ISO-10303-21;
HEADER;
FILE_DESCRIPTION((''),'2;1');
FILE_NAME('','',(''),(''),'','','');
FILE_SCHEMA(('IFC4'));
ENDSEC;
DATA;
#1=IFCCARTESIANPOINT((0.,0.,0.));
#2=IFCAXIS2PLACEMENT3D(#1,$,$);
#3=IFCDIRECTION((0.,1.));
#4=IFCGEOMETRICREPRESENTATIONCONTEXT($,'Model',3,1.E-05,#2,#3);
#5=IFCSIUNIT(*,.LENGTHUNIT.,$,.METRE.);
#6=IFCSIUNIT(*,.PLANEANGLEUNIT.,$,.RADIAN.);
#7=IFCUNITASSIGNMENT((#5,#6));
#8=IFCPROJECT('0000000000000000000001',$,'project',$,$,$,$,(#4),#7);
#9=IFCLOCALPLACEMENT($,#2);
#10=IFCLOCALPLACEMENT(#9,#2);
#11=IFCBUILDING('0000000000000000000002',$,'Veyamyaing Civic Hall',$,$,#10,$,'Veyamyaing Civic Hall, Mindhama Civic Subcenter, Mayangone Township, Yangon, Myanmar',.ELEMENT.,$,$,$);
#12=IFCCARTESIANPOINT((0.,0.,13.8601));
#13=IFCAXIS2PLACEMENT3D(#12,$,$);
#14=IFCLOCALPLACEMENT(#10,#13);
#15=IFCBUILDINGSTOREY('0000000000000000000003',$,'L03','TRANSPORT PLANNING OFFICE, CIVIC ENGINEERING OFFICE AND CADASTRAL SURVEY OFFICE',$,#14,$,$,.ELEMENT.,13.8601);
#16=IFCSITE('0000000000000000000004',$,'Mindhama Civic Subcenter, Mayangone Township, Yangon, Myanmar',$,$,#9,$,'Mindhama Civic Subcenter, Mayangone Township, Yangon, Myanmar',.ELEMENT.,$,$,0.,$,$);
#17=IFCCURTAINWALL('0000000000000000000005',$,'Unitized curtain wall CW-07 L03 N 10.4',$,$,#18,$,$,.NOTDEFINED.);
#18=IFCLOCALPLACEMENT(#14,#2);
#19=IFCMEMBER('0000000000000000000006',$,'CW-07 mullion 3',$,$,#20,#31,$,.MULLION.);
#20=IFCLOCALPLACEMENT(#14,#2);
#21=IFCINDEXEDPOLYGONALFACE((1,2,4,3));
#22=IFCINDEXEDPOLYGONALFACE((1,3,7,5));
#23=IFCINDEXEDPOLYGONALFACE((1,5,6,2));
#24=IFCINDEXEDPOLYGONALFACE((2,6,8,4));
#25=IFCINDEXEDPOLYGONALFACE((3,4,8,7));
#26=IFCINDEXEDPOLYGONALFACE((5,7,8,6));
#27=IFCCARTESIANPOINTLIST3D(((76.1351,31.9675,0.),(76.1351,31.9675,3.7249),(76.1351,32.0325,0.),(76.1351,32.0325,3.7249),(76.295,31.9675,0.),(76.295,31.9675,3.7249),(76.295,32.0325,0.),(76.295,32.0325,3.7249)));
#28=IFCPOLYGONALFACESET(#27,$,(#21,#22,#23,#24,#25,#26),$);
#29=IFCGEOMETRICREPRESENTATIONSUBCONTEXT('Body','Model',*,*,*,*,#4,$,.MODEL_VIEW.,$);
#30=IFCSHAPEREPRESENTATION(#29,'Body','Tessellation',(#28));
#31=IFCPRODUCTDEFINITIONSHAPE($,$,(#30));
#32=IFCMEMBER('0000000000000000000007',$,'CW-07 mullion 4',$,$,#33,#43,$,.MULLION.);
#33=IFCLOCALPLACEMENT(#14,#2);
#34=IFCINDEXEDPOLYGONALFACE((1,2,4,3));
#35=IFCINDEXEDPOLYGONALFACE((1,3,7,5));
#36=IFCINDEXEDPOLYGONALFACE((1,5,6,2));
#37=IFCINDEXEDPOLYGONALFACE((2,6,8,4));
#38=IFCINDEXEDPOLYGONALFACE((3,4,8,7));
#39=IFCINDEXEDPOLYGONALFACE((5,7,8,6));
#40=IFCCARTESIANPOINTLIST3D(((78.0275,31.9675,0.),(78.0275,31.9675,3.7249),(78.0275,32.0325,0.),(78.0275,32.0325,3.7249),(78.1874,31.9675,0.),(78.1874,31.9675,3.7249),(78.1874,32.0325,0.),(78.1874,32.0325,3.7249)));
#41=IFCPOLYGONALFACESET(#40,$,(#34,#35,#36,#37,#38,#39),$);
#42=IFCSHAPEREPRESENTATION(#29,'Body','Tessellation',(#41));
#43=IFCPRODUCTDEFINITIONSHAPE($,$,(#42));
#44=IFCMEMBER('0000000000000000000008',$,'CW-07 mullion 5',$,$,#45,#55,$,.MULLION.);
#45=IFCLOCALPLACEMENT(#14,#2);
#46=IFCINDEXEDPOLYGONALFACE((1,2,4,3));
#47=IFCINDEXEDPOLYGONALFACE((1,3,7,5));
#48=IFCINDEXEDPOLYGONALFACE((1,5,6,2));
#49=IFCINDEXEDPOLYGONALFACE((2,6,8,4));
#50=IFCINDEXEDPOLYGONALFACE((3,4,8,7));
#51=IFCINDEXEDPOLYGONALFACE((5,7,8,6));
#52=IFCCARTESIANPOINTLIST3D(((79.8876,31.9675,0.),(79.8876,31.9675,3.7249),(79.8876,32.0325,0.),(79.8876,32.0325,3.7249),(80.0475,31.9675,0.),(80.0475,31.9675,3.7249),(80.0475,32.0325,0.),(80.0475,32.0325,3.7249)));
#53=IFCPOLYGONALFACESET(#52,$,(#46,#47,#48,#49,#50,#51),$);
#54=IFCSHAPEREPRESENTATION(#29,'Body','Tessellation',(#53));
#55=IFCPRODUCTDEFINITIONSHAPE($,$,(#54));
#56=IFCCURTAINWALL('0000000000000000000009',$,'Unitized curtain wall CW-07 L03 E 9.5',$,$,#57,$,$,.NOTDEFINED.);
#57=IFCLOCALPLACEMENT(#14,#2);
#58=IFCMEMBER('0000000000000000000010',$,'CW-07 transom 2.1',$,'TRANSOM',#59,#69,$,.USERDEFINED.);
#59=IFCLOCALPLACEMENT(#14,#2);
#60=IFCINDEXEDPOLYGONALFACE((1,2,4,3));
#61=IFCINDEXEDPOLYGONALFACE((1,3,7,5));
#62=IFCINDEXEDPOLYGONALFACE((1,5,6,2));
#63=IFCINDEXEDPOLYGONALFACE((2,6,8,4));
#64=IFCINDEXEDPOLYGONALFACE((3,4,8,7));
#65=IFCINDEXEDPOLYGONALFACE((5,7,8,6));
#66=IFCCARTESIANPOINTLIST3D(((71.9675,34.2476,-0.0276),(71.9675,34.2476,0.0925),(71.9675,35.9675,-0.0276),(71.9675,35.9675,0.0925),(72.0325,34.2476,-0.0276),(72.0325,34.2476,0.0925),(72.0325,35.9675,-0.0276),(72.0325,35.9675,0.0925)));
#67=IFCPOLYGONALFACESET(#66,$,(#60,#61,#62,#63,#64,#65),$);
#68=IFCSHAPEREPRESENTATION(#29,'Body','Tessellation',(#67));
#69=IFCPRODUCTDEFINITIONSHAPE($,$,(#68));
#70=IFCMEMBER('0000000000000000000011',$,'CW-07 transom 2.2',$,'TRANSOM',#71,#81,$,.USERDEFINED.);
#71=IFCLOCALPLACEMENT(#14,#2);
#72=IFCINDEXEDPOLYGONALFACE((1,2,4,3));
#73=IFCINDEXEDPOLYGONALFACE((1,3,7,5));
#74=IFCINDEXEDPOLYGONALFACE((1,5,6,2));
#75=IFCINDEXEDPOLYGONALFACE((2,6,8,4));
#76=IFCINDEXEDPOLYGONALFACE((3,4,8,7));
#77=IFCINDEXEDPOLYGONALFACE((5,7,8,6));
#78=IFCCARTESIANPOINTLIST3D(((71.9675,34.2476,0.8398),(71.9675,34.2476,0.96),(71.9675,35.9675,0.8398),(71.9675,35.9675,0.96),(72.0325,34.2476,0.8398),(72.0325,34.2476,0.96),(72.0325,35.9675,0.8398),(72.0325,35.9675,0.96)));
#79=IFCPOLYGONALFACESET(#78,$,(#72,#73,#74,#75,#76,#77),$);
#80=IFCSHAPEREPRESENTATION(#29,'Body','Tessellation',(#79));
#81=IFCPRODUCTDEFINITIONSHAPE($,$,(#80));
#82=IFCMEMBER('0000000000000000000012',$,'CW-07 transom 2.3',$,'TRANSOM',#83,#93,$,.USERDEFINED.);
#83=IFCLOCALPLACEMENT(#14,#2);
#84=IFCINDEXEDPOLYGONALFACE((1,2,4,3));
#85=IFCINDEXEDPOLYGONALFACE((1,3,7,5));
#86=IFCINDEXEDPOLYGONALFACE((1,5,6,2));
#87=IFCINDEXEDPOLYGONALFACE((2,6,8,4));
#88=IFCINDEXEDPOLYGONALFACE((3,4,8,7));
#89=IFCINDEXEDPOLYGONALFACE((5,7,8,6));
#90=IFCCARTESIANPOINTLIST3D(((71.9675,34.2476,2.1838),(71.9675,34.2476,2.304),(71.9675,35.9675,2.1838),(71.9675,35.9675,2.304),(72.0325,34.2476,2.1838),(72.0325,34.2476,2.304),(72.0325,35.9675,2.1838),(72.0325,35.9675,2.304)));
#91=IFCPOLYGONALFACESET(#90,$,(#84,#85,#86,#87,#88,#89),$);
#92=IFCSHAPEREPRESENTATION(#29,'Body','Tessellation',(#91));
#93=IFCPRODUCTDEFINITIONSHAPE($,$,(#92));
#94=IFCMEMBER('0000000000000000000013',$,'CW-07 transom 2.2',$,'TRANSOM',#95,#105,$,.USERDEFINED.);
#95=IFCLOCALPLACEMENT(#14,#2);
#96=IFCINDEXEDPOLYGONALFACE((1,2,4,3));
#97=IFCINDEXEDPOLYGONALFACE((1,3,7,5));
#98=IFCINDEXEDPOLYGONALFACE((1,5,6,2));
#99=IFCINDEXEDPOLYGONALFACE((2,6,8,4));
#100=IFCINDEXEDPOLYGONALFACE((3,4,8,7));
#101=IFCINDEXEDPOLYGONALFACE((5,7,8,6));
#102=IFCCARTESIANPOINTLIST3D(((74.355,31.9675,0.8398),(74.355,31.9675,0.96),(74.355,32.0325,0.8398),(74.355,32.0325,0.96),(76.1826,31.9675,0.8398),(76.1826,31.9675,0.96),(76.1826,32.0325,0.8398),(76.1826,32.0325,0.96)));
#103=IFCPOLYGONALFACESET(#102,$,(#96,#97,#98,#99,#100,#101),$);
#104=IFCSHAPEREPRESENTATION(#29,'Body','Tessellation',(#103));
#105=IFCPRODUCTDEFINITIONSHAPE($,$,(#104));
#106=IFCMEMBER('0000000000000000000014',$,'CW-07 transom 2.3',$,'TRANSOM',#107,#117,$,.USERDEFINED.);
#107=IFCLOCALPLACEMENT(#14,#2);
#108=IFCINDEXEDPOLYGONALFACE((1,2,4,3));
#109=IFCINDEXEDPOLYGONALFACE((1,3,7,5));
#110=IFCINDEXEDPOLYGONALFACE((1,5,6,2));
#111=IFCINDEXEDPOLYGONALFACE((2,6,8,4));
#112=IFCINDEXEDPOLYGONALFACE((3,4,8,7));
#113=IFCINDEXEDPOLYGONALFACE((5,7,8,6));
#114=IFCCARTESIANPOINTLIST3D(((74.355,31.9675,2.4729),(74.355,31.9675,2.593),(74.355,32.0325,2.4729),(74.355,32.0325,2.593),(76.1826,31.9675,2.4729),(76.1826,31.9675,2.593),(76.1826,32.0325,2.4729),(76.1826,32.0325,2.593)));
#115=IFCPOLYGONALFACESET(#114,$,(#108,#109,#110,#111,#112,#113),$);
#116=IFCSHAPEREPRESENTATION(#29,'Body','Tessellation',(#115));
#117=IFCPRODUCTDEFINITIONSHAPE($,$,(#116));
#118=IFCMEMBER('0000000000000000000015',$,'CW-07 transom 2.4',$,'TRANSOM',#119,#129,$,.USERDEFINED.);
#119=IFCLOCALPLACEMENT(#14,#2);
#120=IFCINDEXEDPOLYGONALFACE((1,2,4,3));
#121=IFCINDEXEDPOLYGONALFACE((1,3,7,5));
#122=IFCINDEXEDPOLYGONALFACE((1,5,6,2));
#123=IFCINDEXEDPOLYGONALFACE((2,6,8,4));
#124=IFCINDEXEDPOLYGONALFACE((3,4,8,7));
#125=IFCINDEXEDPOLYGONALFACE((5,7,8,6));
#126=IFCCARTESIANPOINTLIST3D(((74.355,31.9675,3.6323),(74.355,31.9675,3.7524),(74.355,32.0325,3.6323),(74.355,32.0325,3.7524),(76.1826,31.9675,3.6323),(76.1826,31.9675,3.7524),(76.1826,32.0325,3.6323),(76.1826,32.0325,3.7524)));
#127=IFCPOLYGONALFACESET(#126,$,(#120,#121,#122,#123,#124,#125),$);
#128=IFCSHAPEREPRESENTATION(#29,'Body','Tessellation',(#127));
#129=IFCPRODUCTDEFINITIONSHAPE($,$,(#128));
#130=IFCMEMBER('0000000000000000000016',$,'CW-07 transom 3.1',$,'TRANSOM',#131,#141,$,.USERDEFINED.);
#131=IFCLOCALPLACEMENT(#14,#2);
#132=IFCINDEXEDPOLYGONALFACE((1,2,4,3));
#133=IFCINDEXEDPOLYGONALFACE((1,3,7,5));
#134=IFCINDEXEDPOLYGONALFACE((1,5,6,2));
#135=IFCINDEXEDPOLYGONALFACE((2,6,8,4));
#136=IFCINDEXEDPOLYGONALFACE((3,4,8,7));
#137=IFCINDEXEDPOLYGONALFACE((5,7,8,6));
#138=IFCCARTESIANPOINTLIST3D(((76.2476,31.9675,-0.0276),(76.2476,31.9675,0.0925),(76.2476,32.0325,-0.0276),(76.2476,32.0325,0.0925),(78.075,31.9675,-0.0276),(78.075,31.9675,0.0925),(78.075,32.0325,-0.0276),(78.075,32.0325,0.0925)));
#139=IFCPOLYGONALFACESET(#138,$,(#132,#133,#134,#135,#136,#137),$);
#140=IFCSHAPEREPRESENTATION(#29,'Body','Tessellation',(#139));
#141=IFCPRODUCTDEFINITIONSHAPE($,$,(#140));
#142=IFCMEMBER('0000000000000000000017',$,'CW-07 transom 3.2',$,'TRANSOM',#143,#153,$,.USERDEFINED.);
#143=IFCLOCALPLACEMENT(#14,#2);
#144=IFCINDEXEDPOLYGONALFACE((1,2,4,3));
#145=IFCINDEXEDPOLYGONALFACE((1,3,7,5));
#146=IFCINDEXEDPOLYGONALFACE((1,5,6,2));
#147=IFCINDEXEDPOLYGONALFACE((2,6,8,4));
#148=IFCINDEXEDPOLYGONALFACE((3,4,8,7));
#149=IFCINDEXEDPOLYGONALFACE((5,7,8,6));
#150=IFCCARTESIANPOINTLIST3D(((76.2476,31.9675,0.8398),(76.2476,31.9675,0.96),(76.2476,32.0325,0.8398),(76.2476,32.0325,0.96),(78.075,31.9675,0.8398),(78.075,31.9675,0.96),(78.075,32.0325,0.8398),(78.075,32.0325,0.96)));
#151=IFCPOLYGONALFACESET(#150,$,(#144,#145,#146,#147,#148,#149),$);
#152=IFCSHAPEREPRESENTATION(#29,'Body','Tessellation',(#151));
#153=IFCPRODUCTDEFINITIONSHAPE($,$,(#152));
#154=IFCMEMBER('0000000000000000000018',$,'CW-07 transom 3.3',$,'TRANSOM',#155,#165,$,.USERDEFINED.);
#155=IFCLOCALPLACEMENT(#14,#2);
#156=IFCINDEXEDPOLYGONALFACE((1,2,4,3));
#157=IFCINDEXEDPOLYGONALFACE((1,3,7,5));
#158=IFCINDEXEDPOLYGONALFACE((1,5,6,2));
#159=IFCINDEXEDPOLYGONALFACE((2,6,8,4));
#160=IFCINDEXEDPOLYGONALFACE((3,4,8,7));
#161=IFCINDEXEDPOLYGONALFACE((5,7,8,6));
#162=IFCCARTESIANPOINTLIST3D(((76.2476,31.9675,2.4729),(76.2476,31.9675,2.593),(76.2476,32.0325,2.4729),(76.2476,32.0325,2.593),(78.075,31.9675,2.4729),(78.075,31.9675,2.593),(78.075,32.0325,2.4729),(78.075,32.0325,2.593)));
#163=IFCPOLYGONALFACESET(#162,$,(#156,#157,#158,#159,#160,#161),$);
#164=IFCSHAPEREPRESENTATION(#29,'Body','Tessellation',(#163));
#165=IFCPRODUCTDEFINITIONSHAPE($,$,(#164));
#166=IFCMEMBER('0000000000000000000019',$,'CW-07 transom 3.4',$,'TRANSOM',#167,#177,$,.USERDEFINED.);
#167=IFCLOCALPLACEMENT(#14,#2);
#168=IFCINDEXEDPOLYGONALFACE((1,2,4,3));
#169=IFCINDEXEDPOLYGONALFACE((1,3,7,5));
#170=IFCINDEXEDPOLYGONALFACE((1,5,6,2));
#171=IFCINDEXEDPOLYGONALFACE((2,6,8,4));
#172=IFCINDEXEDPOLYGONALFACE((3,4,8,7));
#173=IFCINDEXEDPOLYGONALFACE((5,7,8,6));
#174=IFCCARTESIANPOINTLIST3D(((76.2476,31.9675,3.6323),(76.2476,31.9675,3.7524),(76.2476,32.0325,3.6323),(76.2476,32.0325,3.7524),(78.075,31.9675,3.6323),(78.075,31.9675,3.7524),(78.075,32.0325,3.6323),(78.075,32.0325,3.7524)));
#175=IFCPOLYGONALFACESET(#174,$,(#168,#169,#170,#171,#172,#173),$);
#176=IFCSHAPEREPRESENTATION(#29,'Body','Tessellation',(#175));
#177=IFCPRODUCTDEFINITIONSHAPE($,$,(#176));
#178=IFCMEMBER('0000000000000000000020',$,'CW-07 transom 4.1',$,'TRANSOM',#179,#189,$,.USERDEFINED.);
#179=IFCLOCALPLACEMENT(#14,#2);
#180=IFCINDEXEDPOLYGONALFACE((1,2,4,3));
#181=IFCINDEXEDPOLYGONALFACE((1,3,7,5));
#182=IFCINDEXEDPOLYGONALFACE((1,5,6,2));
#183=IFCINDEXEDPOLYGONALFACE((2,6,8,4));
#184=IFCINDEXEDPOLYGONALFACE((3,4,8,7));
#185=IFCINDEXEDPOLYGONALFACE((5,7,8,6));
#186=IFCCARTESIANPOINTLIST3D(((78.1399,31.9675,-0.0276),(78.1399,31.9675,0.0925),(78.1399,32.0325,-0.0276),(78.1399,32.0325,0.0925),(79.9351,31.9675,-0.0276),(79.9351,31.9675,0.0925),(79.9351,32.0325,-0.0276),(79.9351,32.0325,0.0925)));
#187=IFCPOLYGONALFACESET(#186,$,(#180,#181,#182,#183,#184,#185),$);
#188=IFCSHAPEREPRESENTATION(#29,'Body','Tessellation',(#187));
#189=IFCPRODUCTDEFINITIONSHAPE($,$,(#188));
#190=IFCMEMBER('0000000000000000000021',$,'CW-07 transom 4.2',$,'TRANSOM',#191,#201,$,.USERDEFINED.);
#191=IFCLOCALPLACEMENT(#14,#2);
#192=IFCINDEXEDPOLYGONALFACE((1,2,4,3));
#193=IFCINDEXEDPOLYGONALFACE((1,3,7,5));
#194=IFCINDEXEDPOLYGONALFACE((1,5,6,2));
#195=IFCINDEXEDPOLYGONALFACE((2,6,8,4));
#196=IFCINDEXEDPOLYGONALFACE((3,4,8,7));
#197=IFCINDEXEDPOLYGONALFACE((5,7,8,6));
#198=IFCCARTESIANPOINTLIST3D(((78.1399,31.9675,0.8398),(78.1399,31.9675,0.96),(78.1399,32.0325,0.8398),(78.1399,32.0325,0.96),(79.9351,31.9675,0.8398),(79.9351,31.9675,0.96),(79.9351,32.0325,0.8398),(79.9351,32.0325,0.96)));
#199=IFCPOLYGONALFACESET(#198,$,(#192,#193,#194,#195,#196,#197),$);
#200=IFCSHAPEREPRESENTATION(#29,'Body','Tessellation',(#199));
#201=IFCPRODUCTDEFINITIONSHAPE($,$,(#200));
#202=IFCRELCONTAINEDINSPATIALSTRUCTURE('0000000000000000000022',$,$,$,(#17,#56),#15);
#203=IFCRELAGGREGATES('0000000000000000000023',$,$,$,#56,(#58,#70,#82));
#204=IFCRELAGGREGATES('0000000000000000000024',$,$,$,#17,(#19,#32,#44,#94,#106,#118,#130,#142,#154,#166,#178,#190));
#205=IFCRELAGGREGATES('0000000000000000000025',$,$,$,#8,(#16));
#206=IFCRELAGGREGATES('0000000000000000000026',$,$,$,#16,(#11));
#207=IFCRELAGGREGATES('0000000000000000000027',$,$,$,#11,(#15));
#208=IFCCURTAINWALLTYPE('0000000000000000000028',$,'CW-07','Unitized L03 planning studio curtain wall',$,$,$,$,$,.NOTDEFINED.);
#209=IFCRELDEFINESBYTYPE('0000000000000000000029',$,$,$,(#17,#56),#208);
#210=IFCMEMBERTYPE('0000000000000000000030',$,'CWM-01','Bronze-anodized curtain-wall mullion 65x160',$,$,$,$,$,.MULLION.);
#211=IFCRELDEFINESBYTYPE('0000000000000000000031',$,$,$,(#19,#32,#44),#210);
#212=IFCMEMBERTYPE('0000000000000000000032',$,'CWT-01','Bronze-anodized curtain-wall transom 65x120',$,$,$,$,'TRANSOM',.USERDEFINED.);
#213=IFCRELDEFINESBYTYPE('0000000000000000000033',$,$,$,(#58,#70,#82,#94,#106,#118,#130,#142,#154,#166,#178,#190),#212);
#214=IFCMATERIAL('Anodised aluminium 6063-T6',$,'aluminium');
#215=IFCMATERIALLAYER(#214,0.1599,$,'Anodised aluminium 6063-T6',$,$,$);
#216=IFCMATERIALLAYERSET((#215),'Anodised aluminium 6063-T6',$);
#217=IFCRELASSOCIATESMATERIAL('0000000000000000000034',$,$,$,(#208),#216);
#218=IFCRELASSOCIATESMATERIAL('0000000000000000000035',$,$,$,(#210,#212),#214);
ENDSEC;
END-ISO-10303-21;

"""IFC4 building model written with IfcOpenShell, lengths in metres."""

from ifc_helpers import new_model, si_unit, direction, frame, origin, origin_2d, place, context, subcontext, project, spatial, rectangle, extrude, material, layer, layer_set, material_profile, profile_set, type_object, element, aggregate, save


model = new_model("IFC4")

# Units and contexts
model_context = context("Model", 3, precision=1e-05, world=origin(), true_north=direction((0.0, 1.0)))
body_context = subcontext(model_context, "Body", "Model", "MODEL_VIEW")
ifc_project = project(units=[si_unit("LENGTHUNIT", "METRE"), si_unit("PLANEANGLEUNIT", "RADIAN")], contexts=[model_context])

# Site, building, storey
site_placement = place(None, origin())
site = spatial("IfcSite", under=ifc_project, at=site_placement, Name="Mindhama Civic Subcenter, Mayangone Township, Yangon, Myanmar", LongName="Mindhama Civic Subcenter, Mayangone Township, Yangon, Myanmar", CompositionType="ELEMENT", RefElevation=0.0)
building_placement = place(site_placement, origin())
building = spatial("IfcBuilding", under=site, at=building_placement, Name="Veyamyaing Civic Hall", LongName="Veyamyaing Civic Hall, Mindhama Civic Subcenter, Mayangone Township, Yangon, Myanmar", CompositionType="ELEMENT")
storey_placement = place(building_placement, frame((0.0, 0.0, 13.8601)))
storey = spatial("IfcBuildingStorey", under=building, at=storey_placement, Name="L03", Description="TRANSPORT PLANNING OFFICE, CIVIC ENGINEERING OFFICE AND CADASTRAL SURVEY OFFICE", CompositionType="ELEMENT", Elevation=13.8601)

# Curtain walls, members
ifc_material_1 = material(Name="Anodised aluminium 6063-T6", Category="aluminium")
ifc_layer_1 = layer(ifc_material_1, 0.1599, Name="Anodised aluminium 6063-T6")
ifc_layer_set_1 = layer_set([ifc_layer_1], Name="Anodised aluminium 6063-T6")
curtain_wall_type = type_object("IfcCurtainWallType", Name="CW-07", Description="Unitized L03 planning studio curtain wall", PredefinedType="NOTDEFINED", material=ifc_layer_set_1)
curtain_wall_1_placement = place(storey_placement, origin())
curtain_wall_1 = element("IfcCurtainWall", 1, at=curtain_wall_1_placement, inside=storey, type_object=curtain_wall_type, Name="Unitized curtain wall CW-07 L03 N 10.4", PredefinedType="NOTDEFINED")
ifc_material_profile_1 = material_profile(ifc_material_1, rectangle(XDim=0.0649, YDim=0.1599, at=origin_2d()), Name="ALU-MUL-65X160")
ifc_profile_set_1 = profile_set([ifc_material_profile_1], Name="Anodised aluminium 6063-T6")
member_type_1 = type_object("IfcMemberType", Name="CWM-01", Description="Bronze-anodized curtain-wall mullion 65x160", PredefinedType="MULLION", material=ifc_profile_set_1)
member_1_placement = place(storey_placement, frame((76.2151, 32.0, 0.0), z_axis=(0.0, 0.0, 1.0), x_axis=(0.0, 1.0, 0.0)))
member_1 = element("IfcMember", 2, at=member_1_placement, type_object=member_type_1, Name="CW-07 mullion 3", PredefinedType="MULLION", context=body_context, shape_type="SweptSolid", body=[
    extrude(rectangle(XDim=0.0649, YDim=0.1599, at=origin_2d()), origin(), (0.0, 0.0, 1.0), 3.7249),
])
member_2_placement = place(storey_placement, frame((78.1074, 32.0, 0.0), z_axis=(0.0, 0.0, 1.0), x_axis=(0.0, 1.0, 0.0)))
member_2 = element("IfcMember", 3, at=member_2_placement, type_object=member_type_1, Name="CW-07 mullion 4", PredefinedType="MULLION", context=body_context, shape_type="SweptSolid", body=[
    extrude(rectangle(XDim=0.0649, YDim=0.1599, at=origin_2d()), origin(), (0.0, 0.0, 1.0), 3.7249),
])
member_3_placement = place(storey_placement, frame((79.9675, 32.0, 0.0), z_axis=(0.0, 0.0, 1.0), x_axis=(0.0, 1.0, 0.0)))
member_3 = element("IfcMember", 4, at=member_3_placement, type_object=member_type_1, Name="CW-07 mullion 5", PredefinedType="MULLION", context=body_context, shape_type="SweptSolid", body=[
    extrude(rectangle(XDim=0.0649, YDim=0.1599, at=origin_2d()), origin(), (0.0, 0.0, 1.0), 3.7249),
])
curtain_wall_2_placement = place(storey_placement, origin())
curtain_wall_2 = element("IfcCurtainWall", 5, at=curtain_wall_2_placement, inside=storey, type_object=curtain_wall_type, Name="Unitized curtain wall CW-07 L03 E 9.5", PredefinedType="NOTDEFINED")
ifc_material_profile_2 = material_profile(ifc_material_1, rectangle(XDim=0.0649, YDim=0.1201, at=origin_2d()), Name="ALU-TRN-65X120")
ifc_profile_set_2 = profile_set([ifc_material_profile_2], Name="Anodised aluminium 6063-T6")
member_type_2 = type_object("IfcMemberType", Name="CWT-01", Description="Bronze-anodized curtain-wall transom 65x120", ElementType="TRANSOM", PredefinedType="USERDEFINED", material=ifc_profile_set_2)
member_4_placement = place(storey_placement, frame((72.0, 34.2476, 0.0325), z_axis=(0.0, 1.0, 0.0), x_axis=(-1.0, 0.0, 0.0)))
member_4 = element("IfcMember", 6, at=member_4_placement, type_object=member_type_2, Name="CW-07 transom 2.1", ObjectType="TRANSOM", PredefinedType="USERDEFINED", context=body_context, shape_type="SweptSolid", body=[
    extrude(rectangle(XDim=0.0649, YDim=0.1201, at=origin_2d()), origin(), (0.0, 0.0, 1.0), 1.72),
])
member_5_placement = place(storey_placement, frame((72.0, 34.2476, 0.8999), z_axis=(0.0, 1.0, 0.0), x_axis=(-1.0, 0.0, 0.0)))
member_5 = element("IfcMember", 7, at=member_5_placement, type_object=member_type_2, Name="CW-07 transom 2.2", ObjectType="TRANSOM", PredefinedType="USERDEFINED", context=body_context, shape_type="SweptSolid", body=[
    extrude(rectangle(XDim=0.0649, YDim=0.1201, at=origin_2d()), origin(), (0.0, 0.0, 1.0), 1.72),
])
member_6_placement = place(storey_placement, frame((72.0, 34.2476, 2.2439), z_axis=(0.0, 1.0, 0.0), x_axis=(-1.0, 0.0, 0.0)))
member_6 = element("IfcMember", 8, at=member_6_placement, type_object=member_type_2, Name="CW-07 transom 2.3", ObjectType="TRANSOM", PredefinedType="USERDEFINED", context=body_context, shape_type="SweptSolid", body=[
    extrude(rectangle(XDim=0.0649, YDim=0.1201, at=origin_2d()), origin(), (0.0, 0.0, 1.0), 1.72),
])
aggregate(curtain_wall_2, [member_4, member_5, member_6])

# Members
member_7_placement = place(storey_placement, frame((74.355, 32.0, 0.8999), z_axis=(1.0, 0.0, 0.0), x_axis=(0.0, 1.0, 0.0)))
member_7 = element("IfcMember", 9, at=member_7_placement, type_object=member_type_2, Name="CW-07 transom 2.2", ObjectType="TRANSOM", PredefinedType="USERDEFINED", context=body_context, shape_type="SweptSolid", body=[
    extrude(rectangle(XDim=0.0649, YDim=0.1201, at=origin_2d()), origin(), (0.0, 0.0, 1.0), 1.8276),
])
member_8_placement = place(storey_placement, frame((74.355, 32.0, 2.533), z_axis=(1.0, 0.0, 0.0), x_axis=(0.0, 1.0, 0.0)))
member_8 = element("IfcMember", 10, at=member_8_placement, type_object=member_type_2, Name="CW-07 transom 2.3", ObjectType="TRANSOM", PredefinedType="USERDEFINED", context=body_context, shape_type="SweptSolid", body=[
    extrude(rectangle(XDim=0.0649, YDim=0.1201, at=origin_2d()), origin(), (0.0, 0.0, 1.0), 1.8276),
])
member_9_placement = place(storey_placement, frame((74.355, 32.0, 3.6924), z_axis=(1.0, 0.0, 0.0), x_axis=(0.0, 1.0, 0.0)))
member_9 = element("IfcMember", 11, at=member_9_placement, type_object=member_type_2, Name="CW-07 transom 2.4", ObjectType="TRANSOM", PredefinedType="USERDEFINED", context=body_context, shape_type="SweptSolid", body=[
    extrude(rectangle(XDim=0.0649, YDim=0.1201, at=origin_2d()), origin(), (0.0, 0.0, 1.0), 1.8276),
])
member_10_placement = place(storey_placement, frame((76.2476, 32.0, 0.0325), z_axis=(1.0, 0.0, 0.0), x_axis=(0.0, 1.0, 0.0)))
member_10 = element("IfcMember", 12, at=member_10_placement, type_object=member_type_2, Name="CW-07 transom 3.1", ObjectType="TRANSOM", PredefinedType="USERDEFINED", context=body_context, shape_type="SweptSolid", body=[
    extrude(rectangle(XDim=0.0649, YDim=0.1201, at=origin_2d()), origin(), (0.0, 0.0, 1.0), 1.8274),
])
member_11_placement = place(storey_placement, frame((76.2476, 32.0, 0.8999), z_axis=(1.0, 0.0, 0.0), x_axis=(0.0, 1.0, 0.0)))
member_11 = element("IfcMember", 13, at=member_11_placement, type_object=member_type_2, Name="CW-07 transom 3.2", ObjectType="TRANSOM", PredefinedType="USERDEFINED", context=body_context, shape_type="SweptSolid", body=[
    extrude(rectangle(XDim=0.0649, YDim=0.1201, at=origin_2d()), origin(), (0.0, 0.0, 1.0), 1.8274),
])
member_12_placement = place(storey_placement, frame((76.2476, 32.0, 2.533), z_axis=(1.0, 0.0, 0.0), x_axis=(0.0, 1.0, 0.0)))
member_12 = element("IfcMember", 14, at=member_12_placement, type_object=member_type_2, Name="CW-07 transom 3.3", ObjectType="TRANSOM", PredefinedType="USERDEFINED", context=body_context, shape_type="SweptSolid", body=[
    extrude(rectangle(XDim=0.0649, YDim=0.1201, at=origin_2d()), origin(), (0.0, 0.0, 1.0), 1.8274),
])
member_13_placement = place(storey_placement, frame((76.2476, 32.0, 3.6924), z_axis=(1.0, 0.0, 0.0), x_axis=(0.0, 1.0, 0.0)))
member_13 = element("IfcMember", 15, at=member_13_placement, type_object=member_type_2, Name="CW-07 transom 3.4", ObjectType="TRANSOM", PredefinedType="USERDEFINED", context=body_context, shape_type="SweptSolid", body=[
    extrude(rectangle(XDim=0.0649, YDim=0.1201, at=origin_2d()), origin(), (0.0, 0.0, 1.0), 1.8274),
])
member_14_placement = place(storey_placement, frame((78.1399, 32.0, 0.0325), z_axis=(1.0, 0.0, 0.0), x_axis=(0.0, 1.0, 0.0)))
member_14 = element("IfcMember", 16, at=member_14_placement, type_object=member_type_2, Name="CW-07 transom 4.1", ObjectType="TRANSOM", PredefinedType="USERDEFINED", context=body_context, shape_type="SweptSolid", body=[
    extrude(rectangle(XDim=0.0649, YDim=0.1201, at=origin_2d()), origin(), (0.0, 0.0, 1.0), 1.7952),
])
member_15_placement = place(storey_placement, frame((78.1399, 32.0, 0.8999), z_axis=(1.0, 0.0, 0.0), x_axis=(0.0, 1.0, 0.0)))
member_15 = element("IfcMember", 17, at=member_15_placement, type_object=member_type_2, Name="CW-07 transom 4.2", ObjectType="TRANSOM", PredefinedType="USERDEFINED", context=body_context, shape_type="SweptSolid", body=[
    extrude(rectangle(XDim=0.0649, YDim=0.1201, at=origin_2d()), origin(), (0.0, 0.0, 1.0), 1.7952),
])

aggregate(curtain_wall_1, [member_1, member_2, member_3, member_7, member_8, member_9, member_10, member_11, member_12, member_13, member_14, member_15])

save(model, "model.ifc")
